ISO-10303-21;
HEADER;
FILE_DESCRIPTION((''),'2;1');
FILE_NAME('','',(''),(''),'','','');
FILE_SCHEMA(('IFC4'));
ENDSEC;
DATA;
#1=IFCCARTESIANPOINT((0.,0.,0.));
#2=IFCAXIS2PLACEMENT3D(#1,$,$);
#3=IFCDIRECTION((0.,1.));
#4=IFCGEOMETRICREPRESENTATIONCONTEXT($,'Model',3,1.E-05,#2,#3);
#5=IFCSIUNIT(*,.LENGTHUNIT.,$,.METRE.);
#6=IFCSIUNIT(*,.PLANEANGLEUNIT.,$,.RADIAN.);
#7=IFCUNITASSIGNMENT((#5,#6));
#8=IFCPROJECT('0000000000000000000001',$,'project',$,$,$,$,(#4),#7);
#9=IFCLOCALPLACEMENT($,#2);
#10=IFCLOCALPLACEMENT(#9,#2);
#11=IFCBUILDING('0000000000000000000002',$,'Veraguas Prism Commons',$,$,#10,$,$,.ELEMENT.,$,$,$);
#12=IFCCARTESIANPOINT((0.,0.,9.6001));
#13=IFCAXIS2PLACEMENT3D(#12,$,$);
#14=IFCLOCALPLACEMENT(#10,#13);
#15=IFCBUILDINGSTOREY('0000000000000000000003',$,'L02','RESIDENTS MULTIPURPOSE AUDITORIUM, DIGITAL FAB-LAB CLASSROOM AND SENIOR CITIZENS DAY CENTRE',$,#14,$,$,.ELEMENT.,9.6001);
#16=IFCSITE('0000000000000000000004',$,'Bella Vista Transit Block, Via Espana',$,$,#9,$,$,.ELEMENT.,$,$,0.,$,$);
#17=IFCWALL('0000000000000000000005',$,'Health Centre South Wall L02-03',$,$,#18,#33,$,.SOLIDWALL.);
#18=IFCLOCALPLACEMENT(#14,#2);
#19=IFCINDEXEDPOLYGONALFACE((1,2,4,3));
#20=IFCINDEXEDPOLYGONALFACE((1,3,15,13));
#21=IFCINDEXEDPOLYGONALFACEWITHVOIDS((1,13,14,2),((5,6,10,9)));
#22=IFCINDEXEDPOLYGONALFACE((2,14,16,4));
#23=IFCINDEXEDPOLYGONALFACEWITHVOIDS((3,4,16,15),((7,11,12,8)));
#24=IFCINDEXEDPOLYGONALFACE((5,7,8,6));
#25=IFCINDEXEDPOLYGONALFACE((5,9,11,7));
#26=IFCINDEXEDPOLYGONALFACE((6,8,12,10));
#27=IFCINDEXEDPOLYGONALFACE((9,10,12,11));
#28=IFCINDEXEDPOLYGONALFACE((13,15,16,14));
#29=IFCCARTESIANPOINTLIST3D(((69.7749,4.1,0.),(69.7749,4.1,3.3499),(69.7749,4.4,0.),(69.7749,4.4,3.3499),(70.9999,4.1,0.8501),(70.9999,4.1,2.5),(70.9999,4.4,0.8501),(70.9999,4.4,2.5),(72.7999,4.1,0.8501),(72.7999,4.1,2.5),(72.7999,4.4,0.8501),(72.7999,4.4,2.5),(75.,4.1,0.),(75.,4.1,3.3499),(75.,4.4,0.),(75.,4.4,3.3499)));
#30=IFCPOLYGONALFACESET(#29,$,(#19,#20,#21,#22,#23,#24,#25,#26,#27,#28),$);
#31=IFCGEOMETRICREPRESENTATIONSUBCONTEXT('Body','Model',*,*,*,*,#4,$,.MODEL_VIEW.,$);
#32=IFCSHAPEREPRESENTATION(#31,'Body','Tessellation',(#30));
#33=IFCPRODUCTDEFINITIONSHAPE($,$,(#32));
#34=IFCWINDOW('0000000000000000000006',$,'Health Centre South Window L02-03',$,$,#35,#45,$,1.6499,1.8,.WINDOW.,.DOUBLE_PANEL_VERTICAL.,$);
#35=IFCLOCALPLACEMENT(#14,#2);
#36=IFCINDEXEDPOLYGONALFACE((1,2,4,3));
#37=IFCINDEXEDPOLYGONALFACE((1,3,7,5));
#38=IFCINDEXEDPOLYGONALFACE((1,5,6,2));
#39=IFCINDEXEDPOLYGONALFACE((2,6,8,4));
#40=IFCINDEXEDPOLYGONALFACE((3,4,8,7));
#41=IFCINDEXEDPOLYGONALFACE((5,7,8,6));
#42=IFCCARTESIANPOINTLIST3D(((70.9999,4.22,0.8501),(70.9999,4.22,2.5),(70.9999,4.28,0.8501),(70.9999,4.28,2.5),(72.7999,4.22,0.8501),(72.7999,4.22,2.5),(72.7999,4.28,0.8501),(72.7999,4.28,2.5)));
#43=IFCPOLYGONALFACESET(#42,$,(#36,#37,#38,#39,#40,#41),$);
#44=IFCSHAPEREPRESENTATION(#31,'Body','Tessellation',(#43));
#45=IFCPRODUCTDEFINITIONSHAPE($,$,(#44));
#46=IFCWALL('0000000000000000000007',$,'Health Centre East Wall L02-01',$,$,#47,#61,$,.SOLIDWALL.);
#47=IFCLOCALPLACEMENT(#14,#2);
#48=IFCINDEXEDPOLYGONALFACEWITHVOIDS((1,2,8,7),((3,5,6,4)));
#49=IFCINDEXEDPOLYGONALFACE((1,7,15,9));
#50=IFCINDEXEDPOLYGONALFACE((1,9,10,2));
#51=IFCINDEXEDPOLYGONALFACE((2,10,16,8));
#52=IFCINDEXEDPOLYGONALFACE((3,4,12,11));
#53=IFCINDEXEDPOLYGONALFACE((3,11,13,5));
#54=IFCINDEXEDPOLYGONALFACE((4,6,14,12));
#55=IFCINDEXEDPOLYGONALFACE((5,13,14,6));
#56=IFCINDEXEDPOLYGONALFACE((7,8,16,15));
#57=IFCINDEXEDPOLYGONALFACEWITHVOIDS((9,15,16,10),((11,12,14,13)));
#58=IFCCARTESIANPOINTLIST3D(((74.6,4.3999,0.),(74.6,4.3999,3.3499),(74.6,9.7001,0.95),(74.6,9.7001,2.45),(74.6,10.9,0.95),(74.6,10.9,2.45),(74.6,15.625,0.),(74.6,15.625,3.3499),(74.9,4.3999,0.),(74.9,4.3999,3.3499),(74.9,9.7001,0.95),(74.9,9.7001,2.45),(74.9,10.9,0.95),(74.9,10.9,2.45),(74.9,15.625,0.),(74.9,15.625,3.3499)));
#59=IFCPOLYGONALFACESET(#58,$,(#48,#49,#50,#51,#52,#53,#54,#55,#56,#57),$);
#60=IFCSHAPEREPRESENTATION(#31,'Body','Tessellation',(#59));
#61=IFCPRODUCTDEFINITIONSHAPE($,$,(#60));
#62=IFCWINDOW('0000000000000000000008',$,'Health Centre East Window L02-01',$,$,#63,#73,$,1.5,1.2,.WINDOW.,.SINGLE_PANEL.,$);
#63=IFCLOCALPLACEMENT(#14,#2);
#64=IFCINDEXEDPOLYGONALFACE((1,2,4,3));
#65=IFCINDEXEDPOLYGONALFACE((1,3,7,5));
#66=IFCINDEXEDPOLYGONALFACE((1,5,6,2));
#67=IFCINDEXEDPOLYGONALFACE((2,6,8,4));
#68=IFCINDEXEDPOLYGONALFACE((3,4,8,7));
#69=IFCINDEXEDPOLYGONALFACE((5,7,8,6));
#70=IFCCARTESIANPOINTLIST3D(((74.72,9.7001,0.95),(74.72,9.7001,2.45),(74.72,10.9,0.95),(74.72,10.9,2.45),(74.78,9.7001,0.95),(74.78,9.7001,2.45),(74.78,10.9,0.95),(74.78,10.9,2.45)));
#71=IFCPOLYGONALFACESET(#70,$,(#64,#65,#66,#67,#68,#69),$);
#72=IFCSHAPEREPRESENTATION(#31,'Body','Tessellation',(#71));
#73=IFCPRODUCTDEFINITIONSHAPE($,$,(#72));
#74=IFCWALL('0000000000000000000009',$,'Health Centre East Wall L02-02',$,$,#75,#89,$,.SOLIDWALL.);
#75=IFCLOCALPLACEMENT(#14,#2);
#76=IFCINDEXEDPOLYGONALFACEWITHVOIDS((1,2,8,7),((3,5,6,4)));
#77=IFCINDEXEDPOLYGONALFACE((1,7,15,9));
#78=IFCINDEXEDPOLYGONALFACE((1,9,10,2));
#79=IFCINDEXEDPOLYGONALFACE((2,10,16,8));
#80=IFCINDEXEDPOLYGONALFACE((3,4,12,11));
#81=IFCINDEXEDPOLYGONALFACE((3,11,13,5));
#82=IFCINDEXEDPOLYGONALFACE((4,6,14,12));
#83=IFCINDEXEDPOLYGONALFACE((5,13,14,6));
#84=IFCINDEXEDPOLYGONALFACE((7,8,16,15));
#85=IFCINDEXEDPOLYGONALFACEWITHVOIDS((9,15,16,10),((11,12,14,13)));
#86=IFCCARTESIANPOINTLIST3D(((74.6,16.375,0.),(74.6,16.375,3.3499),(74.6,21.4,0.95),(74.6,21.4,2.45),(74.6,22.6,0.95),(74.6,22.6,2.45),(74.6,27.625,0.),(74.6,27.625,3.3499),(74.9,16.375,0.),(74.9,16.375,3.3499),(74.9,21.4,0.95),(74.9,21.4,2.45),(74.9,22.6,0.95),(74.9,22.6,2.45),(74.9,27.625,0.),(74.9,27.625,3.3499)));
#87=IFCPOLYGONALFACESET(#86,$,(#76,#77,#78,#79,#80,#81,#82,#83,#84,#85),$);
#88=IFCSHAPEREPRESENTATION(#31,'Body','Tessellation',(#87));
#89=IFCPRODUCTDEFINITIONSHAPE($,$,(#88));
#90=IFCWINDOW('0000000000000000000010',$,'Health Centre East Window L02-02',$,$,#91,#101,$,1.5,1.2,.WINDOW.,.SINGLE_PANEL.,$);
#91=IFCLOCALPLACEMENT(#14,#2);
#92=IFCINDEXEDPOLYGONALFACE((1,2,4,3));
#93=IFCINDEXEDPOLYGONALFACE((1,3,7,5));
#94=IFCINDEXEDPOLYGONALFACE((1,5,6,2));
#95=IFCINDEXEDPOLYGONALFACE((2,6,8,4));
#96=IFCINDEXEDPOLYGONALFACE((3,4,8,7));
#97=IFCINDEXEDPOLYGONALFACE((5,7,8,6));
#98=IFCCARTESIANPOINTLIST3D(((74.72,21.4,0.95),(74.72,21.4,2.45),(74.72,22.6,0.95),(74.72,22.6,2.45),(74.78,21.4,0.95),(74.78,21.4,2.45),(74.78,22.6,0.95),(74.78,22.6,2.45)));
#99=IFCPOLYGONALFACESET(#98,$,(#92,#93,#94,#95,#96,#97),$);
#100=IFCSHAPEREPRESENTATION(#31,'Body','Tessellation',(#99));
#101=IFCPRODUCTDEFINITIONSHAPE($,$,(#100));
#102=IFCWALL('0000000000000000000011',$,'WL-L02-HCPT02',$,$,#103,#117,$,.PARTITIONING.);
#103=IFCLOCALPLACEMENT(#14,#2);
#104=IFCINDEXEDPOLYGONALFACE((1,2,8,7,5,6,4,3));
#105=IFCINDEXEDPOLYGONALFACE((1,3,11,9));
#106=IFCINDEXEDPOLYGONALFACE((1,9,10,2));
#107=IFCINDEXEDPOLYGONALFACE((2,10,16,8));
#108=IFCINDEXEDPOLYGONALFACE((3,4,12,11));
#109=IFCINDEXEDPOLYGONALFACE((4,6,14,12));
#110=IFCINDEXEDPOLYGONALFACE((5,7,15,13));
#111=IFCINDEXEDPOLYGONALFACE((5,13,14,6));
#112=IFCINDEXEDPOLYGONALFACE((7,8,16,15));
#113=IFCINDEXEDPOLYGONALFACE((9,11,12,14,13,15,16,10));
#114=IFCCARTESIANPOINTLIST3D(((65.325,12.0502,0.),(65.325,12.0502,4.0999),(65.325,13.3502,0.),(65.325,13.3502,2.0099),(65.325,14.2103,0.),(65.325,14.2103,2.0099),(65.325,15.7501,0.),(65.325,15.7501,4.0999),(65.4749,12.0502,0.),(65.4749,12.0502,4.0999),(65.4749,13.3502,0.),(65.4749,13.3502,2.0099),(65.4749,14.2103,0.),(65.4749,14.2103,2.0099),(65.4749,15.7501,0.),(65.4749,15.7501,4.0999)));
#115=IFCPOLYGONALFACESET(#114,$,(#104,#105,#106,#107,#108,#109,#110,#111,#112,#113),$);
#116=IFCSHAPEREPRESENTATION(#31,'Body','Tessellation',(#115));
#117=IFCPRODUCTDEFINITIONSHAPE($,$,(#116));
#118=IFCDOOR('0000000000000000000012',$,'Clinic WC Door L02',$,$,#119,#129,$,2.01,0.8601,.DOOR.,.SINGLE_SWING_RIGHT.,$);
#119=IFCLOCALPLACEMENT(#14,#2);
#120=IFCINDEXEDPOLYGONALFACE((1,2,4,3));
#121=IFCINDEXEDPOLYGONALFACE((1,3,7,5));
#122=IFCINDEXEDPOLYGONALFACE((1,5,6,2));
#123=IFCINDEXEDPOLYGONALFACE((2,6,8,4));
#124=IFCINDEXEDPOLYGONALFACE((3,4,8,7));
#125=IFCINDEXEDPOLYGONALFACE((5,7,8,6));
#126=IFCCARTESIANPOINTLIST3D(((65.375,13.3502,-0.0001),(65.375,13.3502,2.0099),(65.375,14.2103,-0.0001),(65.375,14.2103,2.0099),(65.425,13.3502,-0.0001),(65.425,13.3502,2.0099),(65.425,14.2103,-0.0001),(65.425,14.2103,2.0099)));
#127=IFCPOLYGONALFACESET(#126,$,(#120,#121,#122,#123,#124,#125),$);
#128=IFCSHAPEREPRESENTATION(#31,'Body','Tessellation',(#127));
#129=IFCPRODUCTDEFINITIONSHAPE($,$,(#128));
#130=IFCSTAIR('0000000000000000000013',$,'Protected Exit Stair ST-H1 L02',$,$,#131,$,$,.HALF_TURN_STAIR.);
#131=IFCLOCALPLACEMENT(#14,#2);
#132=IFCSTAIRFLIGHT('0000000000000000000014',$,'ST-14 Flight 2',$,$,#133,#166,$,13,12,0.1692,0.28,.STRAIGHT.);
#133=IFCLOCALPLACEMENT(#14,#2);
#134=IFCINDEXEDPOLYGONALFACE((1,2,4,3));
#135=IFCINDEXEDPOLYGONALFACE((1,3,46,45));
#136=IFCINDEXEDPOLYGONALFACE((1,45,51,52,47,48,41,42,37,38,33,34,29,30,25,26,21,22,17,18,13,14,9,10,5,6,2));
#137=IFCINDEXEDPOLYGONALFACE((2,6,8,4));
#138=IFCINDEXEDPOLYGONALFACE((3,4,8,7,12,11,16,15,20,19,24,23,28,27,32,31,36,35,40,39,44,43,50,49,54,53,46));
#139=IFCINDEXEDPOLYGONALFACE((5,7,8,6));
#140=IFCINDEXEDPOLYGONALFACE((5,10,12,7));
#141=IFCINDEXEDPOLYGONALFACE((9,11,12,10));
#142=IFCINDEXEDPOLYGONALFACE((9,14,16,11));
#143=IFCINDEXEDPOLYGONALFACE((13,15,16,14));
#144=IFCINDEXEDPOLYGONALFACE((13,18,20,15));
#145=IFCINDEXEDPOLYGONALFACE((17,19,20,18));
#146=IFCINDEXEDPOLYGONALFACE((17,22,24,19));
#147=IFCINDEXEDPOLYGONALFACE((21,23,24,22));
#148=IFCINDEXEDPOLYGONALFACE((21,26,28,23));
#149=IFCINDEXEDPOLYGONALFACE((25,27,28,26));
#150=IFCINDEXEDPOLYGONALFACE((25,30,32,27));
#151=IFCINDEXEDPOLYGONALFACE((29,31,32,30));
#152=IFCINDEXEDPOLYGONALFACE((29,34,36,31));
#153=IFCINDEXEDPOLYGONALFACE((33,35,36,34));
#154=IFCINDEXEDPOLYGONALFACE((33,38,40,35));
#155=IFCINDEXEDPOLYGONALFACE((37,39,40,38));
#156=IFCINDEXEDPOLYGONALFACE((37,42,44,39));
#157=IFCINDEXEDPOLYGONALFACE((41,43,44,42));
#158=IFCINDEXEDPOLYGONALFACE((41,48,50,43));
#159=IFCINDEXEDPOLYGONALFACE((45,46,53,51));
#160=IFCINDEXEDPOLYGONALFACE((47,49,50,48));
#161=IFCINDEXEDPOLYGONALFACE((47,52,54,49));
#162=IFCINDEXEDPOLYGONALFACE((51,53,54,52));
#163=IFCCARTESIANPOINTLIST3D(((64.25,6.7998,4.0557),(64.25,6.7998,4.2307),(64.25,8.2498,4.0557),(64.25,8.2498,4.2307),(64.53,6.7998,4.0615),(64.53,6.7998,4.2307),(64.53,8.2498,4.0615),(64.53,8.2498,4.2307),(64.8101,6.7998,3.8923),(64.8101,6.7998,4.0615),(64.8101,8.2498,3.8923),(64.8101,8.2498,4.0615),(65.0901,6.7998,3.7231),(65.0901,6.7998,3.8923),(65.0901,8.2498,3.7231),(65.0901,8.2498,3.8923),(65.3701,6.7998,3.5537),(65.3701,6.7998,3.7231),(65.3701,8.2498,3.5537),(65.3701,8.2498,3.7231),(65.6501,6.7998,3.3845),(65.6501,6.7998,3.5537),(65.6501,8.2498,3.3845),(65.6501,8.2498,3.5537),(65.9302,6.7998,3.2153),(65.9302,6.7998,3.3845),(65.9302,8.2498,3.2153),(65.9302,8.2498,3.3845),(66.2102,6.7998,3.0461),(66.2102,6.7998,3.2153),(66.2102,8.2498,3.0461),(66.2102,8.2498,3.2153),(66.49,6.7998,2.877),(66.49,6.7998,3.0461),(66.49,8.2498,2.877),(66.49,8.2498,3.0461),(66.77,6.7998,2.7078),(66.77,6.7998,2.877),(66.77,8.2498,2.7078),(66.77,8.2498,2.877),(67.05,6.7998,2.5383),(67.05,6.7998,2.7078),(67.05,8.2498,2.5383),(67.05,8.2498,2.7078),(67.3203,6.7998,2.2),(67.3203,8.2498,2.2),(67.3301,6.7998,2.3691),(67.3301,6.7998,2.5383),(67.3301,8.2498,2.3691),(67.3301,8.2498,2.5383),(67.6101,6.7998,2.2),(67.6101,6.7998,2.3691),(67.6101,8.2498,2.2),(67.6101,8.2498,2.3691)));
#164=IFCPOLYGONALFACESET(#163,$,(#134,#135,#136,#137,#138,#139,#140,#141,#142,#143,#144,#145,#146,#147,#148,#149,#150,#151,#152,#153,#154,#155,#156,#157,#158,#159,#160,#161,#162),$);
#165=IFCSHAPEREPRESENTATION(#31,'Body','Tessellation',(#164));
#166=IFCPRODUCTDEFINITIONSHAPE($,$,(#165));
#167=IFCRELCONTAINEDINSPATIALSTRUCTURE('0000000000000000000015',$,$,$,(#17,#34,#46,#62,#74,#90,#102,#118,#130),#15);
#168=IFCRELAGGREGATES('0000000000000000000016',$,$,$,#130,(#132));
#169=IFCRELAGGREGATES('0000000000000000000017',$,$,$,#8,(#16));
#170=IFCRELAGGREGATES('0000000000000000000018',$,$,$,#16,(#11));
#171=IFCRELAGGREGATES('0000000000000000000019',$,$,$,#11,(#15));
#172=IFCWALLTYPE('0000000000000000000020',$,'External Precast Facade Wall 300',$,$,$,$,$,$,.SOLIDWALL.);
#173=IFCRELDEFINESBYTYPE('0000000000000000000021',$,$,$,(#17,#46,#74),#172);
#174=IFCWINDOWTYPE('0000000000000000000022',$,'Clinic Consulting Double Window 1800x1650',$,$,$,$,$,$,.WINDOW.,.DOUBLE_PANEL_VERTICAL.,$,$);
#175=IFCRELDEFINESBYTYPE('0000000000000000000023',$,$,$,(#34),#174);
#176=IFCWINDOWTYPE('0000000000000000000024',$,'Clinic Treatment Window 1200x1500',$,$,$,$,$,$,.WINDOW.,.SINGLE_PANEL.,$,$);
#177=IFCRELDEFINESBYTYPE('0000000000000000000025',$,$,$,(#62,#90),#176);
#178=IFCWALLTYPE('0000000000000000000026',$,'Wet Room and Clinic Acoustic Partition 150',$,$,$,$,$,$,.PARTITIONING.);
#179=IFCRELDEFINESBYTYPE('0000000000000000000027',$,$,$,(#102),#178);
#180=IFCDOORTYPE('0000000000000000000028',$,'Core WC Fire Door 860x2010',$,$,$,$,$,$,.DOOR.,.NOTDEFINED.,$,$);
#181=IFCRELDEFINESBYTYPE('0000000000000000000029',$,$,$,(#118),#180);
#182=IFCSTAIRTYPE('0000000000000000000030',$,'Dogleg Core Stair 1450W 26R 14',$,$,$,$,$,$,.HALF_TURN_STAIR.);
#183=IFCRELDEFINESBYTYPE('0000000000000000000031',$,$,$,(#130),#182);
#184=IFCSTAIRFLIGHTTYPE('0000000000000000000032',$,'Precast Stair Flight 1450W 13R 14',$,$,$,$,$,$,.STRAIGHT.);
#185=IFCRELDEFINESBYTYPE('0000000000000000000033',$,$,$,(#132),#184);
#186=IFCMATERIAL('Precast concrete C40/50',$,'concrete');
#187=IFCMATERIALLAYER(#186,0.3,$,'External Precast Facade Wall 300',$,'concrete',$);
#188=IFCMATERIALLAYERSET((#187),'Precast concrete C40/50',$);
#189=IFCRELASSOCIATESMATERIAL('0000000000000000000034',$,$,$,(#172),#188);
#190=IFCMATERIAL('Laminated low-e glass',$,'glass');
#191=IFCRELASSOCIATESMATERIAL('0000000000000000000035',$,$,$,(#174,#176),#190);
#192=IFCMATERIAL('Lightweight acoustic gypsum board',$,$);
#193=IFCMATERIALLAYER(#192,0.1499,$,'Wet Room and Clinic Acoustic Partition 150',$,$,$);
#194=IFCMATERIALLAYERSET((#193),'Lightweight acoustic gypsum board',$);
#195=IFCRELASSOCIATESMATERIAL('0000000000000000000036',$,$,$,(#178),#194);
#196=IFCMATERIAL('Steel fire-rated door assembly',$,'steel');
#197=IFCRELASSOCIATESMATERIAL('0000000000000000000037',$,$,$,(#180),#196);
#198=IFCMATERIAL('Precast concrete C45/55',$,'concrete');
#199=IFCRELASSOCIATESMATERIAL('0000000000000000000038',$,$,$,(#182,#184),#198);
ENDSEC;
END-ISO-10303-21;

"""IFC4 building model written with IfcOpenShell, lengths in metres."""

from ifc_helpers import new_model, si_unit, direction, frame, frame_2d, origin, place, context, subcontext, project, spatial, polyline, rectangle, outline, extrude, source, transform, mapped, material, layer, layer_set, type_object, element, fill, aggregate, save


model = new_model("IFC4")

# Units and contexts
model_context = context("Model", 3, precision=1e-05, world=origin(), true_north=direction((0.0, 1.0)))
body_context = subcontext(model_context, "Body", "Model", "MODEL_VIEW")
ifc_project = project(units=[si_unit("LENGTHUNIT", "METRE"), si_unit("PLANEANGLEUNIT", "RADIAN")], contexts=[model_context])

# Site, building, storey
site_placement = place(None, origin())
site = spatial("IfcSite", under=ifc_project, at=site_placement, Name="Bella Vista Transit Block, Via Espana", CompositionType="ELEMENT", RefElevation=0.0)
building_placement = place(site_placement, origin())
building = spatial("IfcBuilding", under=site, at=building_placement, Name="Veraguas Prism Commons", CompositionType="ELEMENT")
storey_placement = place(building_placement, frame((0.0, 0.0, 9.6001)))
storey = spatial("IfcBuildingStorey", under=building, at=storey_placement, Name="L02", Description="RESIDENTS MULTIPURPOSE AUDITORIUM, DIGITAL FAB-LAB CLASSROOM AND SENIOR CITIZENS DAY CENTRE", CompositionType="ELEMENT", Elevation=9.6001)

# Shared definitions
ifc_material_1 = material(Name="Steel fire-rated door assembly", Category="steel")

# Walls, openings, windows
ifc_material_2 = material(Name="Precast concrete C40/50", Category="concrete")
ifc_layer_1 = layer(ifc_material_2, 0.3, Name="External Precast Facade Wall 300", Category="concrete")
ifc_layer_set_1 = layer_set([ifc_layer_1], Name="Precast concrete C40/50")
wall_type_1 = type_object("IfcWallType", Name="External Precast Facade Wall 300", PredefinedType="SOLIDWALL", material=ifc_layer_set_1)
wall_1_placement = place(storey_placement, frame((69.7749, 4.25, 0.0), z_axis=(0.0, 0.0, 1.0), x_axis=(1.0, 0.0, 0.0)))
wall_1 = element("IfcWall", 1, at=wall_1_placement, inside=storey, type_object=wall_type_1, Name="Health Centre South Wall L02-03", PredefinedType="SOLIDWALL", context=body_context, shape_type="SweptSolid", body=[
    extrude(rectangle(XDim=5.2251, YDim=0.3, at=frame_2d((2.6125, 0.0))), origin(), (0.0, 0.0, 1.0), 3.3499),
])
opening_1_placement = place(wall_1_placement, frame((1.2251, 0.0, 0.8501)))
opening_1 = element("IfcOpeningElement", 2, at=opening_1_placement, cuts=wall_1, PredefinedType="OPENING", context=body_context, shape_type="SweptSolid", body=[
    extrude(rectangle(XDim=1.8, YDim=1.6499, at=frame_2d((0.8999, 0.825))), frame((0.0, 0.1599, 0.0), z_axis=(0.0, -1.0, 0.0), x_axis=(1.0, 0.0, 0.0)), (0.0, 0.0, 1.0), 0.3201),
])
ifc_material_3 = material(Name="Laminated low-e glass", Category="glass")
window_type_1 = type_object("IfcWindowType", Name="Clinic Consulting Double Window 1800x1650", PartitioningType="DOUBLE_PANEL_VERTICAL", PredefinedType="WINDOW", material=ifc_material_3)
shared_shape_1 = source(origin(), body_context, "Body", "SweptSolid", [
    extrude(rectangle(XDim=1.8, YDim=1.6499, at=frame_2d((0.8999, 0.825))), frame((0.0, 0.03, 0.0), z_axis=(0.0, -1.0, 0.0), x_axis=(1.0, 0.0, 0.0)), (0.0, 0.0, 1.0), 0.0601),
])
window_1_placement = place(opening_1_placement, origin())
window_1 = element("IfcWindow", 3, at=window_1_placement, inside=storey, type_object=window_type_1, Name="Health Centre South Window L02-03", OverallHeight=1.6499, OverallWidth=1.8, PartitioningType="DOUBLE_PANEL_VERTICAL", PredefinedType="WINDOW", context=body_context, shape_type="MappedRepresentation", body=[
    mapped(shared_shape_1, transform((0.0, 0.0, 0.0), scale=1.0)),
])
fill(opening_1, window_1)
wall_2_placement = place(storey_placement, frame((74.75, 4.3999, 0.0), z_axis=(0.0, 0.0, 1.0), x_axis=(0.0, 1.0, 0.0)))
wall_2 = element("IfcWall", 4, at=wall_2_placement, inside=storey, type_object=wall_type_1, Name="Health Centre East Wall L02-01", PredefinedType="SOLIDWALL", context=body_context, shape_type="SweptSolid", body=[
    extrude(rectangle(XDim=11.2251, YDim=0.3, at=frame_2d((5.6125, 0.0))), origin(), (0.0, 0.0, 1.0), 3.3499),
])
opening_2_placement = place(wall_2_placement, frame((5.3, 0.0, 0.95)))
opening_2 = element("IfcOpeningElement", 5, at=opening_2_placement, cuts=wall_2, PredefinedType="OPENING", context=body_context, shape_type="SweptSolid", body=[
    extrude(rectangle(XDim=1.2, YDim=1.5, at=frame_2d((0.6001, 0.75))), frame((0.0, 0.1599, 0.0), z_axis=(0.0, -1.0, 0.0), x_axis=(1.0, 0.0, 0.0)), (0.0, 0.0, 1.0), 0.3201),
])
window_type_2 = type_object("IfcWindowType", Name="Clinic Treatment Window 1200x1500", PartitioningType="SINGLE_PANEL", PredefinedType="WINDOW", material=ifc_material_3)
shared_shape_2 = source(origin(), body_context, "Body", "SweptSolid", [
    extrude(rectangle(XDim=1.2, YDim=1.5, at=frame_2d((0.6001, 0.75))), frame((0.0, 0.03, 0.0), z_axis=(0.0, -1.0, 0.0), x_axis=(1.0, 0.0, 0.0)), (0.0, 0.0, 1.0), 0.0601),
])
window_2_placement = place(opening_2_placement, origin())
window_2 = element("IfcWindow", 6, at=window_2_placement, inside=storey, type_object=window_type_2, Name="Health Centre East Window L02-01", OverallHeight=1.5, OverallWidth=1.2, PartitioningType="SINGLE_PANEL", PredefinedType="WINDOW", context=body_context, shape_type="MappedRepresentation", body=[
    mapped(shared_shape_2, transform((0.0, 0.0, 0.0), scale=1.0)),
])
fill(opening_2, window_2)
wall_3_placement = place(storey_placement, frame((74.75, 16.375, 0.0), z_axis=(0.0, 0.0, 1.0), x_axis=(0.0, 1.0, 0.0)))
wall_3 = element("IfcWall", 7, at=wall_3_placement, inside=storey, type_object=wall_type_1, Name="Health Centre East Wall L02-02", PredefinedType="SOLIDWALL", context=body_context, shape_type="SweptSolid", body=[
    extrude(rectangle(XDim=11.25, YDim=0.3, at=frame_2d((5.625, 0.0))), origin(), (0.0, 0.0, 1.0), 3.3499),
])
opening_3_placement = place(wall_3_placement, frame((5.0249, 0.0, 0.95)))
opening_3 = element("IfcOpeningElement", 8, at=opening_3_placement, cuts=wall_3, PredefinedType="OPENING", context=body_context, shape_type="SweptSolid", body=[
    extrude(rectangle(XDim=1.2, YDim=1.5, at=frame_2d((0.6001, 0.75))), frame((0.0, 0.1599, 0.0), z_axis=(0.0, -1.0, 0.0), x_axis=(1.0, 0.0, 0.0)), (0.0, 0.0, 1.0), 0.3201),
])
window_3_placement = place(opening_3_placement, origin())
window_3 = element("IfcWindow", 9, at=window_3_placement, inside=storey, type_object=window_type_2, Name="Health Centre East Window L02-02", OverallHeight=1.5, OverallWidth=1.2, PartitioningType="SINGLE_PANEL", PredefinedType="WINDOW", context=body_context, shape_type="MappedRepresentation", body=[
    mapped(shared_shape_2, transform((0.0, 0.0, 0.0), scale=1.0)),
])
fill(opening_3, window_3)

# Wall, opening, door
ifc_material_4 = material(Name="Lightweight acoustic gypsum board")
ifc_layer_2 = layer(ifc_material_4, 0.1499, Name="Wet Room and Clinic Acoustic Partition 150")
ifc_layer_set_2 = layer_set([ifc_layer_2], Name="Lightweight acoustic gypsum board")
wall_type_2 = type_object("IfcWallType", Name="Wet Room and Clinic Acoustic Partition 150", PredefinedType="PARTITIONING", material=ifc_layer_set_2)
wall_4_placement = place(storey_placement, frame((65.3999, 12.05, 0.0), z_axis=(0.0, 0.0, 1.0), x_axis=(0.0, 1.0, 0.0)))
wall_4 = element("IfcWall", 10, at=wall_4_placement, inside=storey, type_object=wall_type_2, Name="WL-L02-HCPT02", PredefinedType="PARTITIONING", context=body_context, shape_type="SweptSolid", body=[
    extrude(rectangle(XDim=3.7, YDim=0.1499, at=frame_2d((1.8501, 0.0))), origin(), (0.0, 0.0, 1.0), 4.0999),
])
opening_4_placement = place(wall_4_placement, frame((1.3, 0.0, 0.0)))
opening_4 = element("IfcOpeningElement", 11, at=opening_4_placement, cuts=wall_4, PredefinedType="OPENING", context=body_context, shape_type="SweptSolid", body=[
    extrude(rectangle(XDim=0.8601, YDim=2.01, at=frame_2d((0.4302, 1.0049))), frame((0.0, 0.085, 0.0), z_axis=(0.0, -1.0, 0.0), x_axis=(1.0, 0.0, 0.0)), (0.0, 0.0, 1.0), 0.1699),
])
door_type_1 = type_object("IfcDoorType", Name="Core WC Fire Door 860x2010", OperationType="NOTDEFINED", PredefinedType="DOOR", material=ifc_material_1)
shared_shape_3 = source(origin(), body_context, "Body", "SweptSolid", [
    extrude(rectangle(XDim=0.8601, YDim=2.01, at=frame_2d((0.4302, 1.0049))), frame((0.0, 0.0249, 0.0), z_axis=(0.0, -1.0, 0.0), x_axis=(1.0, 0.0, 0.0)), (0.0, 0.0, 1.0), 0.05),
])
door_1_placement = place(opening_4_placement, origin())
door_1 = element("IfcDoor", 12, at=door_1_placement, inside=storey, type_object=door_type_1, Name="Clinic WC Door L02", OperationType="SINGLE_SWING_RIGHT", OverallHeight=2.01, OverallWidth=0.8601, PredefinedType="DOOR", context=body_context, shape_type="MappedRepresentation", body=[
    mapped(shared_shape_3, transform((0.0, 0.0, 0.0), scale=1.0)),
])
fill(opening_4, door_1)

# Stair, stair flight
ifc_material_5 = material(Name="Precast concrete C45/55", Category="concrete")
stair_type = type_object("IfcStairType", Name="Dogleg Core Stair 1450W 26R 14", PredefinedType="HALF_TURN_STAIR", material=ifc_material_5)
stair_placement = place(storey_placement, origin())
stair = element("IfcStair", 13, at=stair_placement, inside=storey, type_object=stair_type, Name="Protected Exit Stair ST-H1 L02", PredefinedType="HALF_TURN_STAIR")
stair_flight_type = type_object("IfcStairFlightType", Name="Precast Stair Flight 1450W 13R 14", PredefinedType="STRAIGHT", material=ifc_material_5)
stair_flight_placement = place(storey_placement, frame((67.6101, 7.5249, 2.2), z_axis=(0.0, 0.0, 1.0), x_axis=(-1.0, 0.0, 0.0)))
stair_flight = element("IfcStairFlight", 14, at=stair_flight_placement, type_object=stair_flight_type, Name="ST-14 Flight 2", NumberOfRisers=13, NumberOfTreads=12, PredefinedType="STRAIGHT", RiserHeight=0.1692, TreadLength=0.28, context=body_context, shape_type="SweptSolid", body=[
    extrude(outline(polyline([(0.0, 0.0), (0.0, 0.1692), (0.28, 0.1692), (0.28, 0.3384), (0.5601, 0.3384), (0.5601, 0.5078), (0.8401, 0.5078), (0.8401, 0.677), (1.1201, 0.677), (1.1201, 0.8462), (1.3999, 0.8462), (1.3999, 1.0154), (1.6799, 1.0154), (1.6799, 1.1846), (1.96, 1.1846), (1.96, 1.3538), (2.24, 1.3538), (2.24, 1.5232), (2.52, 1.5232), (2.52, 1.6924), (2.8, 1.6924), (2.8, 1.8616), (3.0801, 1.8616), (3.0801, 2.0308), (3.3601, 2.0308), (3.3601, 2.2), (3.3601, 1.8557), (0.2898, 0.0), (0.0, 0.0)])), frame((0.0, 0.7251, 0.0), z_axis=(0.0, -1.0, 0.0), x_axis=(1.0, 0.0, 0.0)), (0.0, 0.0, 1.0), 1.45),
])
aggregate(stair, [stair_flight])

save(model, "model.ifc")
